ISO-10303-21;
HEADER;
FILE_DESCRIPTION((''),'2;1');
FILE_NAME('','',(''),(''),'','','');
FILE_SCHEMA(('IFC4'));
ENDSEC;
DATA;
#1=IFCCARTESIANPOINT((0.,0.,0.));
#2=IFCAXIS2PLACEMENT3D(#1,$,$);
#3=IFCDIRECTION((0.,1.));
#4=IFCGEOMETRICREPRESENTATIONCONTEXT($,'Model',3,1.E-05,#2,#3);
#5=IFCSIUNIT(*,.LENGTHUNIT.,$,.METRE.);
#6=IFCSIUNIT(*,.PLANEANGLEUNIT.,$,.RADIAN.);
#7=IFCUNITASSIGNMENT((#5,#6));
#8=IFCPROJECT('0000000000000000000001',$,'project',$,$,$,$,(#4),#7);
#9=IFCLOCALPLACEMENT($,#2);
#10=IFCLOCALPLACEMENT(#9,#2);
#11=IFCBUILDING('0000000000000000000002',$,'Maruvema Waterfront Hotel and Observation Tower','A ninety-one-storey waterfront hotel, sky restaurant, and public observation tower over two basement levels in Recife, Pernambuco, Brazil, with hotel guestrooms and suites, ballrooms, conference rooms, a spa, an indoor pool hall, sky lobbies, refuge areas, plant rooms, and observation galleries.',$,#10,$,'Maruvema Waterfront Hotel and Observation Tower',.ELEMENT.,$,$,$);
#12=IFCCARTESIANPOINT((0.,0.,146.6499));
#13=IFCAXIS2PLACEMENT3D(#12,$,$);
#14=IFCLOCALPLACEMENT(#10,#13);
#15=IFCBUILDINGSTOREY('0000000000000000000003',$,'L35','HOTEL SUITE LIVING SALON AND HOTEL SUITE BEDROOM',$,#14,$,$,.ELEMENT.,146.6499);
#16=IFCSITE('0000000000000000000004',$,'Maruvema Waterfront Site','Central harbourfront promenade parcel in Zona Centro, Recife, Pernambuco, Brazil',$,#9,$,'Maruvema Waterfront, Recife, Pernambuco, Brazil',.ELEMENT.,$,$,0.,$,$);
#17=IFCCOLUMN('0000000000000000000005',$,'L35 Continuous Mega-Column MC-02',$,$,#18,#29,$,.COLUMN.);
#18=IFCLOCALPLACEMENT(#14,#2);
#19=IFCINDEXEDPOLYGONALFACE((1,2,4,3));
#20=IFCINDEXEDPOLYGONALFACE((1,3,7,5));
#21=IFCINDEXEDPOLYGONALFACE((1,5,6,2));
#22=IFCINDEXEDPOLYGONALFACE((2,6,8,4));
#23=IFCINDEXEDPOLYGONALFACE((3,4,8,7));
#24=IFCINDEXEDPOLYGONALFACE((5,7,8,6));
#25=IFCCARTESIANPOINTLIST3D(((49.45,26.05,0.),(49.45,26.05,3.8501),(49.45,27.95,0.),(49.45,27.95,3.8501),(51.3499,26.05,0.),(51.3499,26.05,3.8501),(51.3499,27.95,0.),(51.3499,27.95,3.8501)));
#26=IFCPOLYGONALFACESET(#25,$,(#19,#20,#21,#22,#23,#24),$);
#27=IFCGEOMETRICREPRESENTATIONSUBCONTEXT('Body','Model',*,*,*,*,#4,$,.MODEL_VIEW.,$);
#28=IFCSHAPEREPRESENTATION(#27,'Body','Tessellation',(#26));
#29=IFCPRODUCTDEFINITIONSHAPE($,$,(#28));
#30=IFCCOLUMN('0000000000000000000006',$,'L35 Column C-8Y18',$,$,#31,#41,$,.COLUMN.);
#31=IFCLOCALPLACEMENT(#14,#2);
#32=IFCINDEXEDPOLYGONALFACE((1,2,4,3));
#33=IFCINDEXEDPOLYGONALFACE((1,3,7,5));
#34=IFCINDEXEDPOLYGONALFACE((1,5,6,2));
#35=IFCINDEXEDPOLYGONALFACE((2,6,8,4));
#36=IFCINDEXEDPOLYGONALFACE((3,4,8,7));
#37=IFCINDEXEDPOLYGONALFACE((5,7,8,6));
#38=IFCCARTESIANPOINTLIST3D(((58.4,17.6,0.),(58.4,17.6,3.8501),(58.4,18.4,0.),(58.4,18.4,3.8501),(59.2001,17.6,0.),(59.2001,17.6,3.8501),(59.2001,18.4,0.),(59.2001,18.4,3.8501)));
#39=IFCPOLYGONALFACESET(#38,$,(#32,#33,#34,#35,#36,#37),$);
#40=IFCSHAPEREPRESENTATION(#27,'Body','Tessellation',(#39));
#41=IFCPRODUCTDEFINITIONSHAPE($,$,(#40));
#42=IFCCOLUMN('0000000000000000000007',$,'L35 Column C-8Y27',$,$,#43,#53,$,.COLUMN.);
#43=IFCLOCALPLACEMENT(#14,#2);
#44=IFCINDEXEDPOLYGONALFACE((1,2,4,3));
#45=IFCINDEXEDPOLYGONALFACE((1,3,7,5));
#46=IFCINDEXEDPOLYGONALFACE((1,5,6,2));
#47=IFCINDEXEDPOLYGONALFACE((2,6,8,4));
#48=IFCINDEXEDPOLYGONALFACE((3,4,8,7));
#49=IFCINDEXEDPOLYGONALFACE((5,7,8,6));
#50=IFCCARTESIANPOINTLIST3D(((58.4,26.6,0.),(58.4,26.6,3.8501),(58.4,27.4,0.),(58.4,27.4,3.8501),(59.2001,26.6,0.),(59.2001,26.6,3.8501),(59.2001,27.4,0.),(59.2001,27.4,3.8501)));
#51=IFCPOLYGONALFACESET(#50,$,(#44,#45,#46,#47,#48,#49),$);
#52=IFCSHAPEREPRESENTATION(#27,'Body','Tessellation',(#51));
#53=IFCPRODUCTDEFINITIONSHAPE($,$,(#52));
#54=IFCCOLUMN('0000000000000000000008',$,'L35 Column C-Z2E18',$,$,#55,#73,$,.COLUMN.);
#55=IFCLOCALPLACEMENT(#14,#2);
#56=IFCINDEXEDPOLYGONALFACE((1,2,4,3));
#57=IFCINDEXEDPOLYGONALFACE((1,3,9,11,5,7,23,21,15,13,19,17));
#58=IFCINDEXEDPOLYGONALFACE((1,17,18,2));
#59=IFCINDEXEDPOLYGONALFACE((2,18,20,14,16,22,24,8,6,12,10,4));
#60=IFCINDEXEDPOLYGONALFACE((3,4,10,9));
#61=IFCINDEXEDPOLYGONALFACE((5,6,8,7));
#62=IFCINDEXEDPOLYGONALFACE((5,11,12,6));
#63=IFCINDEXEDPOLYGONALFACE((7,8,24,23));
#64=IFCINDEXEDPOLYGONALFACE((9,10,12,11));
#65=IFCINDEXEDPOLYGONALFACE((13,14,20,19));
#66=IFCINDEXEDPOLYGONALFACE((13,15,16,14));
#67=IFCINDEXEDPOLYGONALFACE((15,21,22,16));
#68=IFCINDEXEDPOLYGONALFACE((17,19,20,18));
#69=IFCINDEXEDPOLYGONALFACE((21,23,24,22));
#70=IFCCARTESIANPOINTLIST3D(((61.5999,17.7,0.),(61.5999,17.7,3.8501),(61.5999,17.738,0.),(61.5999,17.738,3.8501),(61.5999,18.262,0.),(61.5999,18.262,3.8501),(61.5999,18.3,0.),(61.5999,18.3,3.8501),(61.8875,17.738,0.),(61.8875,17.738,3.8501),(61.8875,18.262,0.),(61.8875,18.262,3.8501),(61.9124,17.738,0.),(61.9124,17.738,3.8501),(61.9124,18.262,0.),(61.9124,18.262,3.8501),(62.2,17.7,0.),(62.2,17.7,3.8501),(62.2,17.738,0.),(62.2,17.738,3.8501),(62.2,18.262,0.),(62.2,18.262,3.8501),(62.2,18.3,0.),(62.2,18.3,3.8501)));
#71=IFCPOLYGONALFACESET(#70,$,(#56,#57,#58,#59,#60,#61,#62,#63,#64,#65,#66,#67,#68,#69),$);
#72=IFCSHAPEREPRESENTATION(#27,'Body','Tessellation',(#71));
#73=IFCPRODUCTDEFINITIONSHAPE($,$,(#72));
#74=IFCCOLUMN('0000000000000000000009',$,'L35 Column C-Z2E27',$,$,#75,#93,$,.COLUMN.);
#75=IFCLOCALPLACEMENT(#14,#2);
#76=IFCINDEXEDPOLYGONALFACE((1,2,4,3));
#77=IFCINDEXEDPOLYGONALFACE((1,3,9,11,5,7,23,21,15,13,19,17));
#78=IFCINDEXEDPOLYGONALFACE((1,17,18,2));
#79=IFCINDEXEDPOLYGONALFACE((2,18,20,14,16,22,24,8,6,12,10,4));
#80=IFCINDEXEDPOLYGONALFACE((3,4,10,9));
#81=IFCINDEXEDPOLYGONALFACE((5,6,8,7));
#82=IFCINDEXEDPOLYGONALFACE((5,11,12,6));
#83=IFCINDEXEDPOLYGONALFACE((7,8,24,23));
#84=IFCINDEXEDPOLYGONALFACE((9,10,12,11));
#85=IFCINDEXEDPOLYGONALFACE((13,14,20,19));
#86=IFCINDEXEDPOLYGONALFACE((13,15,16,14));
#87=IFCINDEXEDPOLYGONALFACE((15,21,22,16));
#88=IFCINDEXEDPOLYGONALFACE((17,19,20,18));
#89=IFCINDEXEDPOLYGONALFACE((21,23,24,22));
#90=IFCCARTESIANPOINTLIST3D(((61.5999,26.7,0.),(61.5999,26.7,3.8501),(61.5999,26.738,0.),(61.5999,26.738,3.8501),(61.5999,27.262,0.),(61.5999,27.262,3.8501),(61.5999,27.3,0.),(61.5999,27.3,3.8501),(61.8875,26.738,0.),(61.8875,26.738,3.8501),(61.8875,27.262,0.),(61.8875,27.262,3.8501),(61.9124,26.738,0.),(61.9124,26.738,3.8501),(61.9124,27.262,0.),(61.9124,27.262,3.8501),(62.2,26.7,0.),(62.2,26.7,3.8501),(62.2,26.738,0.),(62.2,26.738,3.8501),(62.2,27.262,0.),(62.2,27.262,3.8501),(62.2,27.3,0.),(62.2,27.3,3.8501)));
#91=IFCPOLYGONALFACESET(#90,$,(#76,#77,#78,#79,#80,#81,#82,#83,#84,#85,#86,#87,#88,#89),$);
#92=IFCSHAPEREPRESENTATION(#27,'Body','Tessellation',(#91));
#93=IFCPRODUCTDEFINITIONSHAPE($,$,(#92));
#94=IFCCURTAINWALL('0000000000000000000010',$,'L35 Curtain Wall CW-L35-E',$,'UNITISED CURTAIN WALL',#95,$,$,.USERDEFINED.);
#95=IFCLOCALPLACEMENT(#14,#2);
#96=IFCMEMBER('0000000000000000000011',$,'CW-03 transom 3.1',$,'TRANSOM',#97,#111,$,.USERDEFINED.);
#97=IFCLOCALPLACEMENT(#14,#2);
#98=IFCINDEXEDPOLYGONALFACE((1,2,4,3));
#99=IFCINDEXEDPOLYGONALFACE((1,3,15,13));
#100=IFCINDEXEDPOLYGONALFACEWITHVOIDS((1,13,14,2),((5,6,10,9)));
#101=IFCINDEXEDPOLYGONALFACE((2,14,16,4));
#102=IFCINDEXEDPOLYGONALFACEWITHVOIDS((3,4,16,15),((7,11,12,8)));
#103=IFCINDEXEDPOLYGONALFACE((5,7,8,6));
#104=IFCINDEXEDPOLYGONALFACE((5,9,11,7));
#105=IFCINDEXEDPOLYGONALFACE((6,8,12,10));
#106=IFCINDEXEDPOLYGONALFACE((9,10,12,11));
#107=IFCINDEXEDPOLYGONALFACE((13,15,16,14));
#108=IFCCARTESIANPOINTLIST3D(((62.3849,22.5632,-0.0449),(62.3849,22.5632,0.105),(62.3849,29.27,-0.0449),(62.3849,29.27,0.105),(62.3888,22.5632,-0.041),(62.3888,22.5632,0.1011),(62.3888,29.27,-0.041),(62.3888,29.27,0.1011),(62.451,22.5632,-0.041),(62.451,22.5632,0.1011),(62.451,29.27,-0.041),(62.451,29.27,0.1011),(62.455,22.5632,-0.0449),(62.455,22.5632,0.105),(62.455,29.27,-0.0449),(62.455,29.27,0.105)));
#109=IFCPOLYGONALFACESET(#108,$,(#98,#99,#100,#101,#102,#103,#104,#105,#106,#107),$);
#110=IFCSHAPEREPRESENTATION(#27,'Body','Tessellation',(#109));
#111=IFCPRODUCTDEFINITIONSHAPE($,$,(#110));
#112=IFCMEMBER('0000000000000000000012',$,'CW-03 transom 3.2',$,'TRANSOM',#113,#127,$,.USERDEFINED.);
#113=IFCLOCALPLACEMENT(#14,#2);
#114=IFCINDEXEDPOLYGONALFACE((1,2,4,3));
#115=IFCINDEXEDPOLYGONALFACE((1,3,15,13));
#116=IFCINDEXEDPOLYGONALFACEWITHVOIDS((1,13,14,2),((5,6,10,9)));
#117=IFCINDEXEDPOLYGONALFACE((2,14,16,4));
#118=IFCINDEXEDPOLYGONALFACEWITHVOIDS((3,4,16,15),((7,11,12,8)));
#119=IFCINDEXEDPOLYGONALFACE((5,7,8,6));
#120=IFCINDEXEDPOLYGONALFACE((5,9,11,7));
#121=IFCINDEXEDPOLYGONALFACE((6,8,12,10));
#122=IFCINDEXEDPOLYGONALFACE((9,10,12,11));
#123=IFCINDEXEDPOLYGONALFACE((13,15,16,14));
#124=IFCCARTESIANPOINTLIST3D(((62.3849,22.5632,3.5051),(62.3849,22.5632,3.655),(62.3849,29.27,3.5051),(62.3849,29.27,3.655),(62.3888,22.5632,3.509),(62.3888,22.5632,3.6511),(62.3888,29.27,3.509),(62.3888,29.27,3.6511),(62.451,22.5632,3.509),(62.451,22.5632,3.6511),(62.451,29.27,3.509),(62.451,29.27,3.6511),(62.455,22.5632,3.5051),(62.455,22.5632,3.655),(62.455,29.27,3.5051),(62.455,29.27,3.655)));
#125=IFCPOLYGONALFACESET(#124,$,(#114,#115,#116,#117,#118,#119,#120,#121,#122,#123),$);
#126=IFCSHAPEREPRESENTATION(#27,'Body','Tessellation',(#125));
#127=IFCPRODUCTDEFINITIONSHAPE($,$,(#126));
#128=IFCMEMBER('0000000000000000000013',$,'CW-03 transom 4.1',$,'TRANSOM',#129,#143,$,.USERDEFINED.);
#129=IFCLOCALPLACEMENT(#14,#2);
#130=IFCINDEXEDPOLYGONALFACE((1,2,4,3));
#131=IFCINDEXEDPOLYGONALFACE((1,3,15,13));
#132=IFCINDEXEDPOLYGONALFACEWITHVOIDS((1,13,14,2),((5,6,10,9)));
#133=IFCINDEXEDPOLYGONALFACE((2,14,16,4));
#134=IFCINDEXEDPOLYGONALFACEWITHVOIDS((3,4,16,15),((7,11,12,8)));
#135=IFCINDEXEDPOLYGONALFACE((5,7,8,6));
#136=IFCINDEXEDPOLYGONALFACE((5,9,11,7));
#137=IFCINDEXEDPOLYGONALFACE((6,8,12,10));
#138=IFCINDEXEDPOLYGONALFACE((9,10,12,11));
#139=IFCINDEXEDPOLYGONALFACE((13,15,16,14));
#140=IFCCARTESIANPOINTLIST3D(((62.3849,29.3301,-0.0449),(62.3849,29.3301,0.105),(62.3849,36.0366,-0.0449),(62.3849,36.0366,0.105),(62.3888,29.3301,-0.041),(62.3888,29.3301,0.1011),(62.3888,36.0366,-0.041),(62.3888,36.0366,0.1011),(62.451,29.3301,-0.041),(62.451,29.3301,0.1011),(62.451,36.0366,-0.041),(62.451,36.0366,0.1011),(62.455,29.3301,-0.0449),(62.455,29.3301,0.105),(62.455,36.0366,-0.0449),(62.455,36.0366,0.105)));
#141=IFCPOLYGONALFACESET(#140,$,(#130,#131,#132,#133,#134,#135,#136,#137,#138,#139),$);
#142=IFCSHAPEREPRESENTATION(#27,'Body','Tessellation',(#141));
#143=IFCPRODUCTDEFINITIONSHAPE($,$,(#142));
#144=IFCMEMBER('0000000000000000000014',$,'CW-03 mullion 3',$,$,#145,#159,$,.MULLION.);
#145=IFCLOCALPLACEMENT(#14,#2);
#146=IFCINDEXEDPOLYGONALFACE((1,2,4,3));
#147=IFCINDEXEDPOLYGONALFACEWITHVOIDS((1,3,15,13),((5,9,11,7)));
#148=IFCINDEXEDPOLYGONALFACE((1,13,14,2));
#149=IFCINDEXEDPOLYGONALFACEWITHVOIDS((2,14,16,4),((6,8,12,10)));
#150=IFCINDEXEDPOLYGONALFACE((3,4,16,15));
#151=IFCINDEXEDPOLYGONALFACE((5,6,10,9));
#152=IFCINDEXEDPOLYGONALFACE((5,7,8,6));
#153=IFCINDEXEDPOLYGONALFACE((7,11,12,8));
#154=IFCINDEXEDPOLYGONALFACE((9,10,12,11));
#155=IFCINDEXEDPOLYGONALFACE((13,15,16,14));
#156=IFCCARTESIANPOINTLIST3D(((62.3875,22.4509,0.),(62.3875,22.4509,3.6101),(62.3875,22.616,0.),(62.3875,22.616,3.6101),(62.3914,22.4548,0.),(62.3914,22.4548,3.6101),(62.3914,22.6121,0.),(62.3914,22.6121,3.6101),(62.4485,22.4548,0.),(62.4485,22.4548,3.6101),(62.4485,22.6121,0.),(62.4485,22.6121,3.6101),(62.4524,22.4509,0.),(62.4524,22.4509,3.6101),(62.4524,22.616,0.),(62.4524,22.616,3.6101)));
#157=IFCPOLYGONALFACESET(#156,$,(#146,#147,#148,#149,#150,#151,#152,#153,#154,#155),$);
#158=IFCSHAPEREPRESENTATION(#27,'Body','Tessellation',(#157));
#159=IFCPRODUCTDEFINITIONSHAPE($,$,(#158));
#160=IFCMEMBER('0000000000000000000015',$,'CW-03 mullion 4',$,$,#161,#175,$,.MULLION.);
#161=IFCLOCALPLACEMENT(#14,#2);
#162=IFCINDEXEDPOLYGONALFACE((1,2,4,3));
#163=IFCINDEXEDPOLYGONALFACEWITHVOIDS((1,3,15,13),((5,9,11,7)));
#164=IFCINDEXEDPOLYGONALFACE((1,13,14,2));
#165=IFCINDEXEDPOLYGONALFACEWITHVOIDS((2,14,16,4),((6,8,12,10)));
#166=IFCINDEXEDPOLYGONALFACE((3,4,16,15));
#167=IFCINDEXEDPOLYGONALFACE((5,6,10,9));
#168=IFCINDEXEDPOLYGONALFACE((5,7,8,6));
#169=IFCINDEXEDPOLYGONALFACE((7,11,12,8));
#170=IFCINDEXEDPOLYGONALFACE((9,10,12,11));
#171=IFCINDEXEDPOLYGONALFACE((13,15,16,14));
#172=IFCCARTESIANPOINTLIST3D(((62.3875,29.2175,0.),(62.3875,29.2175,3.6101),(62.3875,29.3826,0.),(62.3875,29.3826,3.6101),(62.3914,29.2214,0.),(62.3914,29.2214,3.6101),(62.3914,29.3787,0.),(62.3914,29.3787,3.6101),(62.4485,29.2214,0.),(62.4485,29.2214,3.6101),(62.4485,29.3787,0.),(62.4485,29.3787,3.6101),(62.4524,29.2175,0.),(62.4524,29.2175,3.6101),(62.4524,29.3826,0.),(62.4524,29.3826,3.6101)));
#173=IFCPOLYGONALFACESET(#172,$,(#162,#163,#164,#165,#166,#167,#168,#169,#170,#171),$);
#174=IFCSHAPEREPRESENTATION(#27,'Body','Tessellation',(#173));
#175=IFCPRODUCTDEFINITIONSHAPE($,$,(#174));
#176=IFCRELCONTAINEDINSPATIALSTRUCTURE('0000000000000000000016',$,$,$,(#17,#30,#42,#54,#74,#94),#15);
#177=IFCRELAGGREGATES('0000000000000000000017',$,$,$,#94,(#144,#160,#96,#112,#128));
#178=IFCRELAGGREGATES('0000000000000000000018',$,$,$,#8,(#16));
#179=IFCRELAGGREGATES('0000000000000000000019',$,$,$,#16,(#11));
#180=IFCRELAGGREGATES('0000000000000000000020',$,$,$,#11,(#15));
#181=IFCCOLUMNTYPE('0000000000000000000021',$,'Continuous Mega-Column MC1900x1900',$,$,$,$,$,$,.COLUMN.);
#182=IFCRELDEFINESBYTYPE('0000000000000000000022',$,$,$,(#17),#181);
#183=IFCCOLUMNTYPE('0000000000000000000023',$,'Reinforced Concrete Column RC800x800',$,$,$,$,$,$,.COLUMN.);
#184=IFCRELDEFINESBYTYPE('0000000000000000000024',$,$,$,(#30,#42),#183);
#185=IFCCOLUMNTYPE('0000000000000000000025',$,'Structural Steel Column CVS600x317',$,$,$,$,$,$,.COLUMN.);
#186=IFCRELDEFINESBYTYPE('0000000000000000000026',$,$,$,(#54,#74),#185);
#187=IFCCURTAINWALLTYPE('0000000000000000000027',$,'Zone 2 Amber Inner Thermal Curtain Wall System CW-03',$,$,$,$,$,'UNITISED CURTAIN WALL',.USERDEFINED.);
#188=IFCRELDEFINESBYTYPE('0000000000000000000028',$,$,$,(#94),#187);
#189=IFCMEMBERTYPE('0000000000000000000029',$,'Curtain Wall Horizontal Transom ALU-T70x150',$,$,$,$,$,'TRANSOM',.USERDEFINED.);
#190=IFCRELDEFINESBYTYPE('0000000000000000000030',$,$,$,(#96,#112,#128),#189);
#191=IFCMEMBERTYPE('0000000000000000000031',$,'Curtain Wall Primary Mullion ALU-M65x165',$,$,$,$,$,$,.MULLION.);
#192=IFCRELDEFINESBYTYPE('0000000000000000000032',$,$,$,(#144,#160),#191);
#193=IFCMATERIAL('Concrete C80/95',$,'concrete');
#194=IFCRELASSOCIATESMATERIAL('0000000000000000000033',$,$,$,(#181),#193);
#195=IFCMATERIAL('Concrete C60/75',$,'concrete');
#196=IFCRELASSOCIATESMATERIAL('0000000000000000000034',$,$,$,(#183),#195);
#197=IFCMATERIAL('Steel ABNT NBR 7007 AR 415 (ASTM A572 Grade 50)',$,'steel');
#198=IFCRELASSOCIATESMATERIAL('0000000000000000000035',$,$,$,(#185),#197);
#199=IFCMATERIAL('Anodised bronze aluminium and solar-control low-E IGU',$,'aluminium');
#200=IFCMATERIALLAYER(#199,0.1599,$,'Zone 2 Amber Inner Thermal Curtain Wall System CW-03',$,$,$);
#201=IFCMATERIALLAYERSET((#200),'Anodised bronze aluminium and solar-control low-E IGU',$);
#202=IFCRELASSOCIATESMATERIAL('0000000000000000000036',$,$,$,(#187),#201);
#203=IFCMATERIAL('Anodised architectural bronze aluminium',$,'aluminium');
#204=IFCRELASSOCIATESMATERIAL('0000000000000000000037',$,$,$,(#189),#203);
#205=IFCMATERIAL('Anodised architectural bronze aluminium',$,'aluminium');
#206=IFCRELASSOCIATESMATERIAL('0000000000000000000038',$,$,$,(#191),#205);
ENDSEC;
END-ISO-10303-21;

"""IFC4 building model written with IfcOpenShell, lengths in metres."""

from ifc_helpers import new_model, si_unit, direction, frame, origin, origin_2d, place, context, subcontext, project, spatial, rectangle, hollow_rectangle, i_section, extrude, material, layer, layer_set, material_profile, profile_set, type_object, element, aggregate, save


model = new_model("IFC4")

# Units and contexts
model_context = context("Model", 3, precision=1e-05, world=origin(), true_north=direction((0.0, 1.0)))
body_context = subcontext(model_context, "Body", "Model", "MODEL_VIEW")
ifc_project = project(units=[si_unit("LENGTHUNIT", "METRE"), si_unit("PLANEANGLEUNIT", "RADIAN")], contexts=[model_context])

# Site, building, storey
site_placement = place(None, origin())
site = spatial("IfcSite", under=ifc_project, at=site_placement, Name="Maruvema Waterfront Site", Description="Central harbourfront promenade parcel in Zona Centro, Recife, Pernambuco, Brazil", LongName="Maruvema Waterfront, Recife, Pernambuco, Brazil", CompositionType="ELEMENT", RefElevation=0.0)
building_placement = place(site_placement, origin())
building = spatial("IfcBuilding", under=site, at=building_placement, Name="Maruvema Waterfront Hotel and Observation Tower", Description="A ninety-one-storey waterfront hotel, sky restaurant, and public observation tower over two basement levels in Recife, Pernambuco, Brazil, with hotel guestrooms and suites, ballrooms, conference rooms, a spa, an indoor pool hall, sky lobbies, refuge areas, plant rooms, and observation galleries.", LongName="Maruvema Waterfront Hotel and Observation Tower", CompositionType="ELEMENT")
storey_placement = place(building_placement, frame((0.0, 0.0, 146.6499)))
storey = spatial("IfcBuildingStorey", under=building, at=storey_placement, Name="L35", Description="HOTEL SUITE LIVING SALON AND HOTEL SUITE BEDROOM", CompositionType="ELEMENT", Elevation=146.6499)

# Columns
ifc_material_1 = material(Name="Concrete C80/95", Category="concrete")
ifc_material_profile_1 = material_profile(ifc_material_1, rectangle(XDim=1.8999, YDim=1.8999, at=origin_2d()), Name="MC1900x1900")
ifc_profile_set_1 = profile_set([ifc_material_profile_1], Name="Concrete C80/95")
column_type_1 = type_object("IfcColumnType", Name="Continuous Mega-Column MC1900x1900", PredefinedType="COLUMN", material=ifc_profile_set_1)
column_placement = place(storey_placement, frame((50.3999, 27.0, 0.0), z_axis=(0.0, 0.0, 1.0), x_axis=(1.0, 0.0, 0.0)))
element("IfcColumn", 1, at=column_placement, inside=storey, type_object=column_type_1, Name="L35 Continuous Mega-Column MC-02", PredefinedType="COLUMN", context=body_context, shape_type="SweptSolid", body=[
    extrude(rectangle(XDim=1.8999, YDim=1.8999, at=origin_2d()), origin(), (0.0, 0.0, 1.0), 3.8501),
])
ifc_material_2 = material(Name="Concrete C60/75", Category="concrete")
ifc_material_profile_2 = material_profile(ifc_material_2, rectangle(XDim=0.8, YDim=0.8, at=origin_2d()), Name="RC800x800")
ifc_profile_set_2 = profile_set([ifc_material_profile_2], Name="Concrete C60/75")
column_type_2 = type_object("IfcColumnType", Name="Reinforced Concrete Column RC800x800", PredefinedType="COLUMN", material=ifc_profile_set_2)
for number, where, z_axis, x_axis, name in (
    (2, (58.8, 18.0, 0.0), (0.0, 0.0, 1.0), (1.0, 0.0, 0.0), "L35 Column C-8Y18"),
    (3, (58.8, 27.0, 0.0), (0.0, 0.0, 1.0), (1.0, 0.0, 0.0), "L35 Column C-8Y27"),
):
    element("IfcColumn", number, at=place(storey_placement, frame(where, z_axis=z_axis, x_axis=x_axis)), inside=storey, type_object=column_type_2, Name=name, PredefinedType="COLUMN", context=body_context, shape_type="SweptSolid", body=[
        extrude(rectangle(XDim=0.8, YDim=0.8, at=origin_2d()), origin(), (0.0, 0.0, 1.0), 3.8501),
    ])
ifc_material_3 = material(Name="Steel ABNT NBR 7007 AR 415 (ASTM A572 Grade 50)", Category="steel")
ifc_material_profile_3 = material_profile(ifc_material_3, i_section(OverallWidth=0.6001, OverallDepth=0.6001, WebThickness=0.0249, FlangeThickness=0.0381, at=origin_2d()), Name="CVS600x317")
ifc_profile_set_3 = profile_set([ifc_material_profile_3], Name="Steel ABNT NBR 7007 AR 415 (ASTM A572 Grade 50)")
column_type_3 = type_object("IfcColumnType", Name="Structural Steel Column CVS600x317", PredefinedType="COLUMN", material=ifc_profile_set_3)
for number, where, z_axis, x_axis, name in (
    (4, (61.8999, 18.0, 0.0), (0.0, 0.0, 1.0), (1.0, 0.0, 0.0), "L35 Column C-Z2E18"),
    (5, (61.8999, 27.0, 0.0), (0.0, 0.0, 1.0), (1.0, 0.0, 0.0), "L35 Column C-Z2E27"),
):
    element("IfcColumn", number, at=place(storey_placement, frame(where, z_axis=z_axis, x_axis=x_axis)), inside=storey, type_object=column_type_3, Name=name, PredefinedType="COLUMN", context=body_context, shape_type="SweptSolid", body=[
        extrude(i_section(OverallWidth=0.6001, OverallDepth=0.6001, WebThickness=0.0249, FlangeThickness=0.0381, at=origin_2d()), origin(), (0.0, 0.0, 1.0), 3.8501),
    ])

# Curtain wall, members
ifc_material_4 = material(Name="Anodised bronze aluminium and solar-control low-E IGU", Category="aluminium")
ifc_layer_1 = layer(ifc_material_4, 0.1599, Name="Zone 2 Amber Inner Thermal Curtain Wall System CW-03")
ifc_layer_set_1 = layer_set([ifc_layer_1], Name="Anodised bronze aluminium and solar-control low-E IGU")
curtain_wall_type = type_object("IfcCurtainWallType", Name="Zone 2 Amber Inner Thermal Curtain Wall System CW-03", ElementType="UNITISED CURTAIN WALL", PredefinedType="USERDEFINED", material=ifc_layer_set_1)
curtain_wall_placement = place(storey_placement, origin())
curtain_wall = element("IfcCurtainWall", 6, at=curtain_wall_placement, inside=storey, type_object=curtain_wall_type, Name="L35 Curtain Wall CW-L35-E", ObjectType="UNITISED CURTAIN WALL", PredefinedType="USERDEFINED")
ifc_material_5 = material(Name="Anodised architectural bronze aluminium", Category="aluminium")
ifc_material_profile_4 = material_profile(ifc_material_5, hollow_rectangle(XDim=0.0701, YDim=0.1499, WallThickness=0.0039, at=origin_2d()), Name="ALU-T70x150")
ifc_profile_set_4 = profile_set([ifc_material_profile_4], Name="Anodised architectural bronze aluminium")
member_type_1 = type_object("IfcMemberType", Name="Curtain Wall Horizontal Transom ALU-T70x150", ElementType="TRANSOM", PredefinedType="USERDEFINED", material=ifc_profile_set_4)
member_1_placement = place(storey_placement, frame((62.4199, 22.5632, 0.03), z_axis=(0.0, 1.0, 0.0), x_axis=(-1.0, 0.0, 0.0)))
member_1 = element("IfcMember", 7, at=member_1_placement, type_object=member_type_1, Name="CW-03 transom 3.1", ObjectType="TRANSOM", PredefinedType="USERDEFINED", context=body_context, shape_type="SweptSolid", body=[
    extrude(hollow_rectangle(XDim=0.0701, YDim=0.1499, WallThickness=0.0039, at=origin_2d()), origin(), (0.0, 0.0, 1.0), 6.7068),
])
member_2_placement = place(storey_placement, frame((62.4199, 22.5632, 3.5801), z_axis=(0.0, 1.0, 0.0), x_axis=(-1.0, 0.0, 0.0)))
member_2 = element("IfcMember", 8, at=member_2_placement, type_object=member_type_1, Name="CW-03 transom 3.2", ObjectType="TRANSOM", PredefinedType="USERDEFINED", context=body_context, shape_type="SweptSolid", body=[
    extrude(hollow_rectangle(XDim=0.0701, YDim=0.1499, WallThickness=0.0039, at=origin_2d()), origin(), (0.0, 0.0, 1.0), 6.7068),
])
member_3_placement = place(storey_placement, frame((62.4199, 29.3301, 0.03), z_axis=(0.0, 1.0, 0.0), x_axis=(-1.0, 0.0, 0.0)))
member_3 = element("IfcMember", 9, at=member_3_placement, type_object=member_type_1, Name="CW-03 transom 4.1", ObjectType="TRANSOM", PredefinedType="USERDEFINED", context=body_context, shape_type="SweptSolid", body=[
    extrude(hollow_rectangle(XDim=0.0701, YDim=0.1499, WallThickness=0.0039, at=origin_2d()), origin(), (0.0, 0.0, 1.0), 6.7065),
])
ifc_material_6 = material(Name="Anodised architectural bronze aluminium", Category="aluminium")
ifc_material_profile_5 = material_profile(ifc_material_6, hollow_rectangle(XDim=0.0649, YDim=0.165, WallThickness=0.0039, at=origin_2d()), Name="ALU-M65x165")
ifc_profile_set_5 = profile_set([ifc_material_profile_5], Name="Anodised architectural bronze aluminium")
member_type_2 = type_object("IfcMemberType", Name="Curtain Wall Primary Mullion ALU-M65x165", PredefinedType="MULLION", material=ifc_profile_set_5)
member_4_placement = place(storey_placement, frame((62.4199, 22.5334, 0.0), z_axis=(0.0, 0.0, 1.0), x_axis=(-1.0, 0.0, 0.0)))
member_4 = element("IfcMember", 10, at=member_4_placement, type_object=member_type_2, Name="CW-03 mullion 3", PredefinedType="MULLION", context=body_context, shape_type="SweptSolid", body=[
    extrude(hollow_rectangle(XDim=0.0649, YDim=0.165, WallThickness=0.0039, at=origin_2d()), origin(), (0.0, 0.0, 1.0), 3.6101),
])
member_5_placement = place(storey_placement, frame((62.4199, 29.3, 0.0), z_axis=(0.0, 0.0, 1.0), x_axis=(-1.0, 0.0, 0.0)))
member_5 = element("IfcMember", 11, at=member_5_placement, type_object=member_type_2, Name="CW-03 mullion 4", PredefinedType="MULLION", context=body_context, shape_type="SweptSolid", body=[
    extrude(hollow_rectangle(XDim=0.0649, YDim=0.165, WallThickness=0.0039, at=origin_2d()), origin(), (0.0, 0.0, 1.0), 3.6101),
])

aggregate(curtain_wall, [member_4, member_5, member_1, member_2, member_3])

save(model, "model.ifc")
